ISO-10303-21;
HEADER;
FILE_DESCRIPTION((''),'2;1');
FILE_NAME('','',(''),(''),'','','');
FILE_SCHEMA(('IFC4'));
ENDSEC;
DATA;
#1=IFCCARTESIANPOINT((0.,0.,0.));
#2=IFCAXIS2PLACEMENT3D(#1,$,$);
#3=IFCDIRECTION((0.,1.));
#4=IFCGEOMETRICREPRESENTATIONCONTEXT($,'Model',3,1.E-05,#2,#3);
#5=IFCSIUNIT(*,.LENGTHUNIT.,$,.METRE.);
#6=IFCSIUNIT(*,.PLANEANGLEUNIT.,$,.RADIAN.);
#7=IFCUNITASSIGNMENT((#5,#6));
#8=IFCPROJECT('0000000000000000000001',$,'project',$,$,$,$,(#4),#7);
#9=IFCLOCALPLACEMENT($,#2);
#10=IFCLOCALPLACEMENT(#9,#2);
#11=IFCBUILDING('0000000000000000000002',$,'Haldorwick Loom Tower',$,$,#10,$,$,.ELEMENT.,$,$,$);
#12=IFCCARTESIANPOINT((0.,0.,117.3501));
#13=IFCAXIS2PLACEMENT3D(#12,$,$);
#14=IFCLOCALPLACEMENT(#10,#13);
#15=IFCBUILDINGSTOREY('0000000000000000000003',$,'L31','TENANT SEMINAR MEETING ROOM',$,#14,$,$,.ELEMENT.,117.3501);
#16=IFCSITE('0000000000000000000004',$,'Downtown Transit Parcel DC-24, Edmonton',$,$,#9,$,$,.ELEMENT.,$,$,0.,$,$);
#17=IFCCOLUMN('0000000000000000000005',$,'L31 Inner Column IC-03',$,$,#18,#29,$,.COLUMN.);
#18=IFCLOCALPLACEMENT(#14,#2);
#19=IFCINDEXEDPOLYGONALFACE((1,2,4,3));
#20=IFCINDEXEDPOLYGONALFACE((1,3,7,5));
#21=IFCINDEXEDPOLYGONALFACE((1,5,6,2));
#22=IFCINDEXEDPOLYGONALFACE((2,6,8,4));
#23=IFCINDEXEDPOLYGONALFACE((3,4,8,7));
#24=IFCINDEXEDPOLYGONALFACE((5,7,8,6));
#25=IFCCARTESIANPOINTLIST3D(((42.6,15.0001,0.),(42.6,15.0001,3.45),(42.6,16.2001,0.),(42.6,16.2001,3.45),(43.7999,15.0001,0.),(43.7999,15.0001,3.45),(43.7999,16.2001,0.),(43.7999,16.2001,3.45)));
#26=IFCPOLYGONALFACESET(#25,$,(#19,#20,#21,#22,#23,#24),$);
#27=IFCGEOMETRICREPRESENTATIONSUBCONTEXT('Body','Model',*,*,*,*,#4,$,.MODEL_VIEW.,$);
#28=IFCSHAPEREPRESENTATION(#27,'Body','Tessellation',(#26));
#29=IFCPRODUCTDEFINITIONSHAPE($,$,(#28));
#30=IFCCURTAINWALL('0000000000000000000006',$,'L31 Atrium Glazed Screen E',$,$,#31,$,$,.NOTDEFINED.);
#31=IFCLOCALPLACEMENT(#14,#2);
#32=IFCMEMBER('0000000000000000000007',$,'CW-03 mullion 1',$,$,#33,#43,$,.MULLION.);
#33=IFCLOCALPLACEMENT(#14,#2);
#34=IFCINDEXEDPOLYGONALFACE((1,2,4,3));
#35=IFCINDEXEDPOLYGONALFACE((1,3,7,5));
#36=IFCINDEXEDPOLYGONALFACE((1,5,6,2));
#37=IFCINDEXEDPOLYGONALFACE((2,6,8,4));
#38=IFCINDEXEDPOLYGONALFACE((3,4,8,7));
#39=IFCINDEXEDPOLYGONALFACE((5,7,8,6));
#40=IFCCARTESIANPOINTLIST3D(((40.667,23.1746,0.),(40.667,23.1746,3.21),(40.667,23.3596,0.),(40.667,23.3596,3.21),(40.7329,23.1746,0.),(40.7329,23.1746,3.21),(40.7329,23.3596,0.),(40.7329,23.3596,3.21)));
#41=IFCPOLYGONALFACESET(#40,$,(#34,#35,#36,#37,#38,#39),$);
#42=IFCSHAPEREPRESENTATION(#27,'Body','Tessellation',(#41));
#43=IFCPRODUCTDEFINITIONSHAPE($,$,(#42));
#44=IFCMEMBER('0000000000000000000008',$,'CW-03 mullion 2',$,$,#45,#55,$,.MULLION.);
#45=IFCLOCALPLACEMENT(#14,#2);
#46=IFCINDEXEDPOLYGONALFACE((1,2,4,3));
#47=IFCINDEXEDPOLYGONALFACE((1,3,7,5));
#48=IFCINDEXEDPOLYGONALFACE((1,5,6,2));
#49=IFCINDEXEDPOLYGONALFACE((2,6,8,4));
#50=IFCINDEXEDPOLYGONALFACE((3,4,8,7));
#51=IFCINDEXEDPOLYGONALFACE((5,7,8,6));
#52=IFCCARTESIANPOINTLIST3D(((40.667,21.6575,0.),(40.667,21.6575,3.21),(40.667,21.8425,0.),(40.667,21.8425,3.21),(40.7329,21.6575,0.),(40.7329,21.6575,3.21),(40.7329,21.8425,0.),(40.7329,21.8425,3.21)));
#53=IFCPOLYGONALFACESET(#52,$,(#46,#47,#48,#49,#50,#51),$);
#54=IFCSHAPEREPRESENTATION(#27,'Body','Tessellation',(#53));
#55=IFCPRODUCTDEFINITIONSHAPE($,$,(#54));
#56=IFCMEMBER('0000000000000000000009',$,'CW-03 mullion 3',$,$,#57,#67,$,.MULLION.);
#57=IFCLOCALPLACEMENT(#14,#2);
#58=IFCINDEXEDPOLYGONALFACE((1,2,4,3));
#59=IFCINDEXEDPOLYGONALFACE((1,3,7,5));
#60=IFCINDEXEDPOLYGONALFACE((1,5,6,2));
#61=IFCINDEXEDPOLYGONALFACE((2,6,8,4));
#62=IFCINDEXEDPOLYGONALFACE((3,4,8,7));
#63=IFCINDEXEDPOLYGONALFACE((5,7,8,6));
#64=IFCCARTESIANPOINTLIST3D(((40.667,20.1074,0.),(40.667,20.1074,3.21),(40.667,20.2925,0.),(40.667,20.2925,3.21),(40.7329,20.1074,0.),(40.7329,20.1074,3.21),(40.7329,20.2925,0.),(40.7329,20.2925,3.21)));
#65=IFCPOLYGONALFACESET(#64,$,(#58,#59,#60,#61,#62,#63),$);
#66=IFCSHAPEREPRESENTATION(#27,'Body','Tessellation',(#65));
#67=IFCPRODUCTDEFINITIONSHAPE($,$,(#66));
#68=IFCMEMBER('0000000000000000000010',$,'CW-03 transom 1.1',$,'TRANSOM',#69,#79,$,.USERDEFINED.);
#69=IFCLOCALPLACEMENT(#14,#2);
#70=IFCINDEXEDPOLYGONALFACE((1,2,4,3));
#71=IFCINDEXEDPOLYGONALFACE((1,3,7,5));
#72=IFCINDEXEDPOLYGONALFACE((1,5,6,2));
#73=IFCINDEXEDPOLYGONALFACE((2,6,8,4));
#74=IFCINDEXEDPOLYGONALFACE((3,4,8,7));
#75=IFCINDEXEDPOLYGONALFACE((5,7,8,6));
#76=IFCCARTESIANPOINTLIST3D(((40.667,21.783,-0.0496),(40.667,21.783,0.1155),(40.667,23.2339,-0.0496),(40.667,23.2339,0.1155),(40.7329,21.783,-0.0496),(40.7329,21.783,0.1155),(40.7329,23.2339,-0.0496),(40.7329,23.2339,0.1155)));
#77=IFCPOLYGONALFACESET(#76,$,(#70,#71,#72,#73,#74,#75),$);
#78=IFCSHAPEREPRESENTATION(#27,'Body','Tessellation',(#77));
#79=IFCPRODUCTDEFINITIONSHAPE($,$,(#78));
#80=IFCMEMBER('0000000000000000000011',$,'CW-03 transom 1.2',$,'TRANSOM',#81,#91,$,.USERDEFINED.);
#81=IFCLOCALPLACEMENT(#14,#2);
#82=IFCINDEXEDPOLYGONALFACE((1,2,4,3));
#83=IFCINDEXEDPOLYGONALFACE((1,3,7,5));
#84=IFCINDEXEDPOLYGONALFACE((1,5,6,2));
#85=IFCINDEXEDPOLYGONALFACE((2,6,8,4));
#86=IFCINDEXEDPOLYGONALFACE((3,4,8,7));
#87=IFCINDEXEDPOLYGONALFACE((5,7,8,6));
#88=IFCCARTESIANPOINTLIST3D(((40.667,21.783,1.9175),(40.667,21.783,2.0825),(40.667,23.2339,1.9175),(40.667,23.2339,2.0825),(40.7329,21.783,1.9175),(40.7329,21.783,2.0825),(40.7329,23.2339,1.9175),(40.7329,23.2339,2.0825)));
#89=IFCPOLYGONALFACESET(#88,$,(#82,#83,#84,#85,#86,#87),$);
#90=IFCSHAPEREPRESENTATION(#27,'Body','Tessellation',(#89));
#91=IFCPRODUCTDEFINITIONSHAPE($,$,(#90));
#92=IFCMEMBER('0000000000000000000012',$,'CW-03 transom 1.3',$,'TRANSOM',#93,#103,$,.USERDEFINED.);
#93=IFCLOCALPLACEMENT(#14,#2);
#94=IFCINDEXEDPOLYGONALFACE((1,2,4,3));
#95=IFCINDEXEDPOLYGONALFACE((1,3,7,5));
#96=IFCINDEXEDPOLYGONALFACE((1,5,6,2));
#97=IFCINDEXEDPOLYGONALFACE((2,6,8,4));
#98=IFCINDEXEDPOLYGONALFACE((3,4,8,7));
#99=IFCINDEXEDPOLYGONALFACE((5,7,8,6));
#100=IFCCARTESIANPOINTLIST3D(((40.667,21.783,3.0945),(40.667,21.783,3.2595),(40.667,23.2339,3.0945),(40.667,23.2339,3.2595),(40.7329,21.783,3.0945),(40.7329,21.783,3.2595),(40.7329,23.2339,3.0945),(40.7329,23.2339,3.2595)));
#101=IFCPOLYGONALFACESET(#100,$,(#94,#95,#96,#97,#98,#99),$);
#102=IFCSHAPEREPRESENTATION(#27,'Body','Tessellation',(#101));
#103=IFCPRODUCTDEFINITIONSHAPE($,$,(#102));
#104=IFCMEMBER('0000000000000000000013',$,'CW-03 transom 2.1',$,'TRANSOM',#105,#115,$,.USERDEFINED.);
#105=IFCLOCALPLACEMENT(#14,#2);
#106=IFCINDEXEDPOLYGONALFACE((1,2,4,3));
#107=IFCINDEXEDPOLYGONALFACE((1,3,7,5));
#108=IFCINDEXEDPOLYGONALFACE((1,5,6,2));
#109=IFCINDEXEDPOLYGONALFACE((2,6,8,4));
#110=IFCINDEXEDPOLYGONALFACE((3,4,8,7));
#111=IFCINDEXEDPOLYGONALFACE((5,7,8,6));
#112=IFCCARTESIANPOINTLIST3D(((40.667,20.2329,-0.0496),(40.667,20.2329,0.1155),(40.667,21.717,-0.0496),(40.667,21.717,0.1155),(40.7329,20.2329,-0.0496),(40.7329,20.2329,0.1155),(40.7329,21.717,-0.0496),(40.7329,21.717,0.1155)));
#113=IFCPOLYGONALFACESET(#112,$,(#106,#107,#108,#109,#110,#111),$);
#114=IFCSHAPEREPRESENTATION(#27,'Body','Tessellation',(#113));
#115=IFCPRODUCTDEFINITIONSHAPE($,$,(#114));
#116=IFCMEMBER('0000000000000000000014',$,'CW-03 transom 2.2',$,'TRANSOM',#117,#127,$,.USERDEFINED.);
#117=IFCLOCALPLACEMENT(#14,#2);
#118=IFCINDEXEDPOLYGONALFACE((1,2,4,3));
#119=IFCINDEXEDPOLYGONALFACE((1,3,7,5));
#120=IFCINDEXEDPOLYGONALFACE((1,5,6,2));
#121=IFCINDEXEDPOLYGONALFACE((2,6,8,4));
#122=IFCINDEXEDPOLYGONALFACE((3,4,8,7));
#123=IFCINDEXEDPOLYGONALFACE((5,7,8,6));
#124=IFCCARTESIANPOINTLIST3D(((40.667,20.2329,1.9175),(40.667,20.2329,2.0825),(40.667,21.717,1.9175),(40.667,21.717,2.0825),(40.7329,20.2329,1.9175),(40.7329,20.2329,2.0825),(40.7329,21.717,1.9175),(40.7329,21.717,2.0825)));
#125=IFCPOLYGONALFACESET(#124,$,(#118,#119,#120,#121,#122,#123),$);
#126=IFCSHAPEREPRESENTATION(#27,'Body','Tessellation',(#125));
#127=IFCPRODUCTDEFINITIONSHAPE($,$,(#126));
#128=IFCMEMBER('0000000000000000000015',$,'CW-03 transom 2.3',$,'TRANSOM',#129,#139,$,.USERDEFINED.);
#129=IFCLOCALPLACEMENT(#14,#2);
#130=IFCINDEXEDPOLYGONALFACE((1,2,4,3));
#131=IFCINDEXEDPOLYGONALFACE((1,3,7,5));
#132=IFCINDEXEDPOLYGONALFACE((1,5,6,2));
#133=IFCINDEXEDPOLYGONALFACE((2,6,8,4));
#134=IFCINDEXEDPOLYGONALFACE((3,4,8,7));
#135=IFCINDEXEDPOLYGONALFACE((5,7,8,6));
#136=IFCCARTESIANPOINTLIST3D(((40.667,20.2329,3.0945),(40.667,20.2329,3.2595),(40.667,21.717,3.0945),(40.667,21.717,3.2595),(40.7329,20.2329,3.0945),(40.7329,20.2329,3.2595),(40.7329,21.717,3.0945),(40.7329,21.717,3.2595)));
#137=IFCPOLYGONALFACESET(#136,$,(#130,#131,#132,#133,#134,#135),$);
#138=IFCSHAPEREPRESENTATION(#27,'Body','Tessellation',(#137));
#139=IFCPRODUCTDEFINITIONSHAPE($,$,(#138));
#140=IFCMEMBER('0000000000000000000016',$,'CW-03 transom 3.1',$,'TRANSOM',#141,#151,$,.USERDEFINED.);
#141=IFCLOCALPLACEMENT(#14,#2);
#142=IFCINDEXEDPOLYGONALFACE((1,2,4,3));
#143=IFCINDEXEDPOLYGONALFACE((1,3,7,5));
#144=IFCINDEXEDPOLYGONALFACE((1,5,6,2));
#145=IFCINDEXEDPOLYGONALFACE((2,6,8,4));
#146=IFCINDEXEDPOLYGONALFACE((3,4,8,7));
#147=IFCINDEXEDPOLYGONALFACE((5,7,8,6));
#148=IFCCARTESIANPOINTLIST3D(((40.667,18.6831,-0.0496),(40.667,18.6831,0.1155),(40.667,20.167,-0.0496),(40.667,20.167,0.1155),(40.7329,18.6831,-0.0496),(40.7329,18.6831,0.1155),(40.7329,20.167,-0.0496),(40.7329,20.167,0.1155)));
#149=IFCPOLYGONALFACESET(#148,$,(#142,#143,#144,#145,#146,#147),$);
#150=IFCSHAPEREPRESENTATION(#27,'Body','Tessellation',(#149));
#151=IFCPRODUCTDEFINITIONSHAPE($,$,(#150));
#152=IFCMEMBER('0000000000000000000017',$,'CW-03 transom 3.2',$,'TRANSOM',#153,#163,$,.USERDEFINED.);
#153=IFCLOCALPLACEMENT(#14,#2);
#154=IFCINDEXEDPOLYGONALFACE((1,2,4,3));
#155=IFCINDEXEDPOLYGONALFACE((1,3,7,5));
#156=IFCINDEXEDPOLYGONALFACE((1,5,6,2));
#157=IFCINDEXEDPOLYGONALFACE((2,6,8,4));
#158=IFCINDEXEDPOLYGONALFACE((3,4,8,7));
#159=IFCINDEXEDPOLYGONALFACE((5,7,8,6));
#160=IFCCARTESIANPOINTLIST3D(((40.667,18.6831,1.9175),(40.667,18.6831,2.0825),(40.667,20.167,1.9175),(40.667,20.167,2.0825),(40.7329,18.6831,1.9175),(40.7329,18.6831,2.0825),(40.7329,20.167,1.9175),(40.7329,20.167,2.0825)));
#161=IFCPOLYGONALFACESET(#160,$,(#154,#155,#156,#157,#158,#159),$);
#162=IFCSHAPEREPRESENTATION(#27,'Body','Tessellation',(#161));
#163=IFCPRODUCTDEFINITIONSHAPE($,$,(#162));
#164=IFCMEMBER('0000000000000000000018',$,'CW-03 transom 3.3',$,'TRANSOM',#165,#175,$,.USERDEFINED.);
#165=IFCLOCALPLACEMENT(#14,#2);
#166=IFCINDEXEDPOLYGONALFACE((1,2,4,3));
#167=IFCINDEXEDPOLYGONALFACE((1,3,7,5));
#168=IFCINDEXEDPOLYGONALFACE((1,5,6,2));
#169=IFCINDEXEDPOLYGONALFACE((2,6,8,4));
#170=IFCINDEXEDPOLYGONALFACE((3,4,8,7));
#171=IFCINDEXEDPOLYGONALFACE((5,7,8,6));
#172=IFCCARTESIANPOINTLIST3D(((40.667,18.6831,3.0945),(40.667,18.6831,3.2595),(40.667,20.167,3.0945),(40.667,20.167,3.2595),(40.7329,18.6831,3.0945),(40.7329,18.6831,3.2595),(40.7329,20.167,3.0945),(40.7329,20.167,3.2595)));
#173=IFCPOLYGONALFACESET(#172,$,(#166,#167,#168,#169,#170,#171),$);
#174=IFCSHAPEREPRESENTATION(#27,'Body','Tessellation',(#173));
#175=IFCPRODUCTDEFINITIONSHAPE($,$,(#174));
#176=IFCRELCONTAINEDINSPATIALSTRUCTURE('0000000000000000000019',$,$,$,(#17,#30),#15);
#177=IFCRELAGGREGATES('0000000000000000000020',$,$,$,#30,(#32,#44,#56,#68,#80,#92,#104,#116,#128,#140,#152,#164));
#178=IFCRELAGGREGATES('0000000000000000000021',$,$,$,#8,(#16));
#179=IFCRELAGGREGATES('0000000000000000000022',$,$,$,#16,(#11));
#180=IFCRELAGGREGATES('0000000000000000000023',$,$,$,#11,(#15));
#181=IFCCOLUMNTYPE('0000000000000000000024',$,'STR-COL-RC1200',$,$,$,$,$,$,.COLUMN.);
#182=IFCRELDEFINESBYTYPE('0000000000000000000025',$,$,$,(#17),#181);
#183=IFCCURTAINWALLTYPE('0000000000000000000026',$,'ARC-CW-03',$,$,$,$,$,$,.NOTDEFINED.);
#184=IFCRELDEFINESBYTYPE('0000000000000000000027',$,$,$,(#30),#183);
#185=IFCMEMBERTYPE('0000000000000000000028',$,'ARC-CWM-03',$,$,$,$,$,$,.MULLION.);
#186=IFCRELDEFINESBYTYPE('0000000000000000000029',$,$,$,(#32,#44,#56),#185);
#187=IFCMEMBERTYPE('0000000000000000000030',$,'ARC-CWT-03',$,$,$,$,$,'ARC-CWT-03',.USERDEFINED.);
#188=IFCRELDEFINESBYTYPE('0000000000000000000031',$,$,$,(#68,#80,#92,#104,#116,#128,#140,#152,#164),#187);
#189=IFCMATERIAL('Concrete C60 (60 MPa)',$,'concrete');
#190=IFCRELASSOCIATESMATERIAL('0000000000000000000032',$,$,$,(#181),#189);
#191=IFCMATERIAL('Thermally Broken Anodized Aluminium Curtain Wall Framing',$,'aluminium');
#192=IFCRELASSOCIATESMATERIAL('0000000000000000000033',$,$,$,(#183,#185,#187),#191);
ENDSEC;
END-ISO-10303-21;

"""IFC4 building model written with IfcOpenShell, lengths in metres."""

from ifc_helpers import new_model, si_unit, direction, frame, origin, origin_2d, place, context, subcontext, project, spatial, rectangle, extrude, material, material_profile, profile_set, type_object, element, aggregate, save


model = new_model("IFC4")

# Units and contexts
model_context = context("Model", 3, precision=1e-05, world=origin(), true_north=direction((0.0, 1.0)))
body_context = subcontext(model_context, "Body", "Model", "MODEL_VIEW")
ifc_project = project(units=[si_unit("LENGTHUNIT", "METRE"), si_unit("PLANEANGLEUNIT", "RADIAN")], contexts=[model_context])

# Site, building, storey
site_placement = place(None, origin())
site = spatial("IfcSite", under=ifc_project, at=site_placement, Name="Downtown Transit Parcel DC-24, Edmonton", CompositionType="ELEMENT", RefElevation=0.0)
building_placement = place(site_placement, origin())
building = spatial("IfcBuilding", under=site, at=building_placement, Name="Haldorwick Loom Tower", CompositionType="ELEMENT")
storey_placement = place(building_placement, frame((0.0, 0.0, 117.3501)))
storey = spatial("IfcBuildingStorey", under=building, at=storey_placement, Name="L31", Description="TENANT SEMINAR MEETING ROOM", CompositionType="ELEMENT", Elevation=117.3501)

# Column
ifc_material_1 = material(Name="Concrete C60 (60 MPa)", Category="concrete")
ifc_material_profile_1 = material_profile(ifc_material_1, rectangle(XDim=1.2, YDim=1.2, at=origin_2d()), Name="RC1200X1200", Category="concrete")
ifc_profile_set_1 = profile_set([ifc_material_profile_1], Name="Concrete C60 (60 MPa)")
column_type = type_object("IfcColumnType", Name="STR-COL-RC1200", PredefinedType="COLUMN", material=ifc_profile_set_1)
column_placement = place(storey_placement, frame((43.2, 15.6001, 0.0), z_axis=(0.0, 0.0, 1.0), x_axis=(1.0, 0.0, 0.0)))
element("IfcColumn", 1, at=column_placement, inside=storey, type_object=column_type, Name="L31 Inner Column IC-03", PredefinedType="COLUMN", context=body_context, shape_type="SweptSolid", body=[
    extrude(rectangle(XDim=1.2, YDim=1.2, at=origin_2d()), origin(), (0.0, 0.0, 1.0), 3.45),
])

# Curtain wall, members
ifc_material_2 = material(Name="Thermally Broken Anodized Aluminium Curtain Wall Framing", Category="aluminium")
curtain_wall_type = type_object("IfcCurtainWallType", Name="ARC-CW-03", PredefinedType="NOTDEFINED", material=ifc_material_2)
curtain_wall_placement = place(storey_placement, origin())
curtain_wall = element("IfcCurtainWall", 2, at=curtain_wall_placement, inside=storey, type_object=curtain_wall_type, Name="L31 Atrium Glazed Screen E", PredefinedType="NOTDEFINED")
ifc_material_profile_2 = material_profile(ifc_material_2, rectangle(XDim=0.0659, YDim=0.1851, at=origin_2d()), Name="ALU_MUL_66X185", Category="aluminium")
ifc_profile_set_2 = profile_set([ifc_material_profile_2], Name="Thermally Broken Anodized Aluminium Curtain Wall Framing")
member_type_1 = type_object("IfcMemberType", Name="ARC-CWM-03", PredefinedType="MULLION", material=ifc_profile_set_2)
member_1_placement = place(storey_placement, frame((40.7, 23.2671, 0.0), z_axis=(0.0, 0.0, 1.0), x_axis=(1.0, 0.0, 0.0)))
member_1 = element("IfcMember", 3, at=member_1_placement, type_object=member_type_1, Name="CW-03 mullion 1", PredefinedType="MULLION", context=body_context, shape_type="SweptSolid", body=[
    extrude(rectangle(XDim=0.0659, YDim=0.1851, at=origin_2d()), origin(), (0.0, 0.0, 1.0), 3.21),
])
member_2_placement = place(storey_placement, frame((40.7, 21.75, 0.0), z_axis=(0.0, 0.0, 1.0), x_axis=(1.0, 0.0, 0.0)))
member_2 = element("IfcMember", 4, at=member_2_placement, type_object=member_type_1, Name="CW-03 mullion 2", PredefinedType="MULLION", context=body_context, shape_type="SweptSolid", body=[
    extrude(rectangle(XDim=0.0659, YDim=0.1851, at=origin_2d()), origin(), (0.0, 0.0, 1.0), 3.21),
])
member_3_placement = place(storey_placement, frame((40.7, 20.2, 0.0), z_axis=(0.0, 0.0, 1.0), x_axis=(1.0, 0.0, 0.0)))
member_3 = element("IfcMember", 5, at=member_3_placement, type_object=member_type_1, Name="CW-03 mullion 3", PredefinedType="MULLION", context=body_context, shape_type="SweptSolid", body=[
    extrude(rectangle(XDim=0.0659, YDim=0.1851, at=origin_2d()), origin(), (0.0, 0.0, 1.0), 3.21),
])
ifc_material_profile_3 = material_profile(ifc_material_2, rectangle(XDim=0.0659, YDim=0.165, at=origin_2d()), Name="ALU_TRN_66X165", Category="aluminium")
ifc_profile_set_3 = profile_set([ifc_material_profile_3], Name="Thermally Broken Anodized Aluminium Curtain Wall Framing")
member_type_2 = type_object("IfcMemberType", Name="ARC-CWT-03", ElementType="ARC-CWT-03", PredefinedType="USERDEFINED", material=ifc_profile_set_3)
member_4_placement = place(storey_placement, frame((40.7, 23.2339, 0.033), z_axis=(0.0, -1.0, 0.0), x_axis=(1.0, 0.0, 0.0)))
member_4 = element("IfcMember", 6, at=member_4_placement, type_object=member_type_2, Name="CW-03 transom 1.1", ObjectType="TRANSOM", PredefinedType="USERDEFINED", context=body_context, shape_type="SweptSolid", body=[
    extrude(rectangle(XDim=0.0659, YDim=0.165, at=origin_2d()), origin(), (0.0, 0.0, 1.0), 1.4509),
])
member_5_placement = place(storey_placement, frame((40.7, 23.2339, 2.0), z_axis=(0.0, -1.0, 0.0), x_axis=(1.0, 0.0, 0.0)))
member_5 = element("IfcMember", 7, at=member_5_placement, type_object=member_type_2, Name="CW-03 transom 1.2", ObjectType="TRANSOM", PredefinedType="USERDEFINED", context=body_context, shape_type="SweptSolid", body=[
    extrude(rectangle(XDim=0.0659, YDim=0.165, at=origin_2d()), origin(), (0.0, 0.0, 1.0), 1.4509),
])
member_6_placement = place(storey_placement, frame((40.7, 23.2339, 3.177), z_axis=(0.0, -1.0, 0.0), x_axis=(1.0, 0.0, 0.0)))
member_6 = element("IfcMember", 8, at=member_6_placement, type_object=member_type_2, Name="CW-03 transom 1.3", ObjectType="TRANSOM", PredefinedType="USERDEFINED", context=body_context, shape_type="SweptSolid", body=[
    extrude(rectangle(XDim=0.0659, YDim=0.165, at=origin_2d()), origin(), (0.0, 0.0, 1.0), 1.4509),
])
member_7_placement = place(storey_placement, frame((40.7, 21.717, 0.033), z_axis=(0.0, -1.0, 0.0), x_axis=(1.0, 0.0, 0.0)))
member_7 = element("IfcMember", 9, at=member_7_placement, type_object=member_type_2, Name="CW-03 transom 2.1", ObjectType="TRANSOM", PredefinedType="USERDEFINED", context=body_context, shape_type="SweptSolid", body=[
    extrude(rectangle(XDim=0.0659, YDim=0.165, at=origin_2d()), origin(), (0.0, 0.0, 1.0), 1.4841),
])
member_8_placement = place(storey_placement, frame((40.7, 21.717, 2.0), z_axis=(0.0, -1.0, 0.0), x_axis=(1.0, 0.0, 0.0)))
member_8 = element("IfcMember", 10, at=member_8_placement, type_object=member_type_2, Name="CW-03 transom 2.2", ObjectType="TRANSOM", PredefinedType="USERDEFINED", context=body_context, shape_type="SweptSolid", body=[
    extrude(rectangle(XDim=0.0659, YDim=0.165, at=origin_2d()), origin(), (0.0, 0.0, 1.0), 1.4841),
])
member_9_placement = place(storey_placement, frame((40.7, 21.717, 3.177), z_axis=(0.0, -1.0, 0.0), x_axis=(1.0, 0.0, 0.0)))
member_9 = element("IfcMember", 11, at=member_9_placement, type_object=member_type_2, Name="CW-03 transom 2.3", ObjectType="TRANSOM", PredefinedType="USERDEFINED", context=body_context, shape_type="SweptSolid", body=[
    extrude(rectangle(XDim=0.0659, YDim=0.165, at=origin_2d()), origin(), (0.0, 0.0, 1.0), 1.4841),
])
member_10_placement = place(storey_placement, frame((40.7, 20.167, 0.033), z_axis=(0.0, -1.0, 0.0), x_axis=(1.0, 0.0, 0.0)))
member_10 = element("IfcMember", 12, at=member_10_placement, type_object=member_type_2, Name="CW-03 transom 3.1", ObjectType="TRANSOM", PredefinedType="USERDEFINED", context=body_context, shape_type="SweptSolid", body=[
    extrude(rectangle(XDim=0.0659, YDim=0.165, at=origin_2d()), origin(), (0.0, 0.0, 1.0), 1.4839),
])
member_11_placement = place(storey_placement, frame((40.7, 20.167, 2.0), z_axis=(0.0, -1.0, 0.0), x_axis=(1.0, 0.0, 0.0)))
member_11 = element("IfcMember", 13, at=member_11_placement, type_object=member_type_2, Name="CW-03 transom 3.2", ObjectType="TRANSOM", PredefinedType="USERDEFINED", context=body_context, shape_type="SweptSolid", body=[
    extrude(rectangle(XDim=0.0659, YDim=0.165, at=origin_2d()), origin(), (0.0, 0.0, 1.0), 1.4839),
])
member_12_placement = place(storey_placement, frame((40.7, 20.167, 3.177), z_axis=(0.0, -1.0, 0.0), x_axis=(1.0, 0.0, 0.0)))
member_12 = element("IfcMember", 14, at=member_12_placement, type_object=member_type_2, Name="CW-03 transom 3.3", ObjectType="TRANSOM", PredefinedType="USERDEFINED", context=body_context, shape_type="SweptSolid", body=[
    extrude(rectangle(XDim=0.0659, YDim=0.165, at=origin_2d()), origin(), (0.0, 0.0, 1.0), 1.4839),
])

aggregate(curtain_wall, [member_1, member_2, member_3, member_4, member_5, member_6, member_7, member_8, member_9, member_10, member_11, member_12])

save(model, "model.ifc")
